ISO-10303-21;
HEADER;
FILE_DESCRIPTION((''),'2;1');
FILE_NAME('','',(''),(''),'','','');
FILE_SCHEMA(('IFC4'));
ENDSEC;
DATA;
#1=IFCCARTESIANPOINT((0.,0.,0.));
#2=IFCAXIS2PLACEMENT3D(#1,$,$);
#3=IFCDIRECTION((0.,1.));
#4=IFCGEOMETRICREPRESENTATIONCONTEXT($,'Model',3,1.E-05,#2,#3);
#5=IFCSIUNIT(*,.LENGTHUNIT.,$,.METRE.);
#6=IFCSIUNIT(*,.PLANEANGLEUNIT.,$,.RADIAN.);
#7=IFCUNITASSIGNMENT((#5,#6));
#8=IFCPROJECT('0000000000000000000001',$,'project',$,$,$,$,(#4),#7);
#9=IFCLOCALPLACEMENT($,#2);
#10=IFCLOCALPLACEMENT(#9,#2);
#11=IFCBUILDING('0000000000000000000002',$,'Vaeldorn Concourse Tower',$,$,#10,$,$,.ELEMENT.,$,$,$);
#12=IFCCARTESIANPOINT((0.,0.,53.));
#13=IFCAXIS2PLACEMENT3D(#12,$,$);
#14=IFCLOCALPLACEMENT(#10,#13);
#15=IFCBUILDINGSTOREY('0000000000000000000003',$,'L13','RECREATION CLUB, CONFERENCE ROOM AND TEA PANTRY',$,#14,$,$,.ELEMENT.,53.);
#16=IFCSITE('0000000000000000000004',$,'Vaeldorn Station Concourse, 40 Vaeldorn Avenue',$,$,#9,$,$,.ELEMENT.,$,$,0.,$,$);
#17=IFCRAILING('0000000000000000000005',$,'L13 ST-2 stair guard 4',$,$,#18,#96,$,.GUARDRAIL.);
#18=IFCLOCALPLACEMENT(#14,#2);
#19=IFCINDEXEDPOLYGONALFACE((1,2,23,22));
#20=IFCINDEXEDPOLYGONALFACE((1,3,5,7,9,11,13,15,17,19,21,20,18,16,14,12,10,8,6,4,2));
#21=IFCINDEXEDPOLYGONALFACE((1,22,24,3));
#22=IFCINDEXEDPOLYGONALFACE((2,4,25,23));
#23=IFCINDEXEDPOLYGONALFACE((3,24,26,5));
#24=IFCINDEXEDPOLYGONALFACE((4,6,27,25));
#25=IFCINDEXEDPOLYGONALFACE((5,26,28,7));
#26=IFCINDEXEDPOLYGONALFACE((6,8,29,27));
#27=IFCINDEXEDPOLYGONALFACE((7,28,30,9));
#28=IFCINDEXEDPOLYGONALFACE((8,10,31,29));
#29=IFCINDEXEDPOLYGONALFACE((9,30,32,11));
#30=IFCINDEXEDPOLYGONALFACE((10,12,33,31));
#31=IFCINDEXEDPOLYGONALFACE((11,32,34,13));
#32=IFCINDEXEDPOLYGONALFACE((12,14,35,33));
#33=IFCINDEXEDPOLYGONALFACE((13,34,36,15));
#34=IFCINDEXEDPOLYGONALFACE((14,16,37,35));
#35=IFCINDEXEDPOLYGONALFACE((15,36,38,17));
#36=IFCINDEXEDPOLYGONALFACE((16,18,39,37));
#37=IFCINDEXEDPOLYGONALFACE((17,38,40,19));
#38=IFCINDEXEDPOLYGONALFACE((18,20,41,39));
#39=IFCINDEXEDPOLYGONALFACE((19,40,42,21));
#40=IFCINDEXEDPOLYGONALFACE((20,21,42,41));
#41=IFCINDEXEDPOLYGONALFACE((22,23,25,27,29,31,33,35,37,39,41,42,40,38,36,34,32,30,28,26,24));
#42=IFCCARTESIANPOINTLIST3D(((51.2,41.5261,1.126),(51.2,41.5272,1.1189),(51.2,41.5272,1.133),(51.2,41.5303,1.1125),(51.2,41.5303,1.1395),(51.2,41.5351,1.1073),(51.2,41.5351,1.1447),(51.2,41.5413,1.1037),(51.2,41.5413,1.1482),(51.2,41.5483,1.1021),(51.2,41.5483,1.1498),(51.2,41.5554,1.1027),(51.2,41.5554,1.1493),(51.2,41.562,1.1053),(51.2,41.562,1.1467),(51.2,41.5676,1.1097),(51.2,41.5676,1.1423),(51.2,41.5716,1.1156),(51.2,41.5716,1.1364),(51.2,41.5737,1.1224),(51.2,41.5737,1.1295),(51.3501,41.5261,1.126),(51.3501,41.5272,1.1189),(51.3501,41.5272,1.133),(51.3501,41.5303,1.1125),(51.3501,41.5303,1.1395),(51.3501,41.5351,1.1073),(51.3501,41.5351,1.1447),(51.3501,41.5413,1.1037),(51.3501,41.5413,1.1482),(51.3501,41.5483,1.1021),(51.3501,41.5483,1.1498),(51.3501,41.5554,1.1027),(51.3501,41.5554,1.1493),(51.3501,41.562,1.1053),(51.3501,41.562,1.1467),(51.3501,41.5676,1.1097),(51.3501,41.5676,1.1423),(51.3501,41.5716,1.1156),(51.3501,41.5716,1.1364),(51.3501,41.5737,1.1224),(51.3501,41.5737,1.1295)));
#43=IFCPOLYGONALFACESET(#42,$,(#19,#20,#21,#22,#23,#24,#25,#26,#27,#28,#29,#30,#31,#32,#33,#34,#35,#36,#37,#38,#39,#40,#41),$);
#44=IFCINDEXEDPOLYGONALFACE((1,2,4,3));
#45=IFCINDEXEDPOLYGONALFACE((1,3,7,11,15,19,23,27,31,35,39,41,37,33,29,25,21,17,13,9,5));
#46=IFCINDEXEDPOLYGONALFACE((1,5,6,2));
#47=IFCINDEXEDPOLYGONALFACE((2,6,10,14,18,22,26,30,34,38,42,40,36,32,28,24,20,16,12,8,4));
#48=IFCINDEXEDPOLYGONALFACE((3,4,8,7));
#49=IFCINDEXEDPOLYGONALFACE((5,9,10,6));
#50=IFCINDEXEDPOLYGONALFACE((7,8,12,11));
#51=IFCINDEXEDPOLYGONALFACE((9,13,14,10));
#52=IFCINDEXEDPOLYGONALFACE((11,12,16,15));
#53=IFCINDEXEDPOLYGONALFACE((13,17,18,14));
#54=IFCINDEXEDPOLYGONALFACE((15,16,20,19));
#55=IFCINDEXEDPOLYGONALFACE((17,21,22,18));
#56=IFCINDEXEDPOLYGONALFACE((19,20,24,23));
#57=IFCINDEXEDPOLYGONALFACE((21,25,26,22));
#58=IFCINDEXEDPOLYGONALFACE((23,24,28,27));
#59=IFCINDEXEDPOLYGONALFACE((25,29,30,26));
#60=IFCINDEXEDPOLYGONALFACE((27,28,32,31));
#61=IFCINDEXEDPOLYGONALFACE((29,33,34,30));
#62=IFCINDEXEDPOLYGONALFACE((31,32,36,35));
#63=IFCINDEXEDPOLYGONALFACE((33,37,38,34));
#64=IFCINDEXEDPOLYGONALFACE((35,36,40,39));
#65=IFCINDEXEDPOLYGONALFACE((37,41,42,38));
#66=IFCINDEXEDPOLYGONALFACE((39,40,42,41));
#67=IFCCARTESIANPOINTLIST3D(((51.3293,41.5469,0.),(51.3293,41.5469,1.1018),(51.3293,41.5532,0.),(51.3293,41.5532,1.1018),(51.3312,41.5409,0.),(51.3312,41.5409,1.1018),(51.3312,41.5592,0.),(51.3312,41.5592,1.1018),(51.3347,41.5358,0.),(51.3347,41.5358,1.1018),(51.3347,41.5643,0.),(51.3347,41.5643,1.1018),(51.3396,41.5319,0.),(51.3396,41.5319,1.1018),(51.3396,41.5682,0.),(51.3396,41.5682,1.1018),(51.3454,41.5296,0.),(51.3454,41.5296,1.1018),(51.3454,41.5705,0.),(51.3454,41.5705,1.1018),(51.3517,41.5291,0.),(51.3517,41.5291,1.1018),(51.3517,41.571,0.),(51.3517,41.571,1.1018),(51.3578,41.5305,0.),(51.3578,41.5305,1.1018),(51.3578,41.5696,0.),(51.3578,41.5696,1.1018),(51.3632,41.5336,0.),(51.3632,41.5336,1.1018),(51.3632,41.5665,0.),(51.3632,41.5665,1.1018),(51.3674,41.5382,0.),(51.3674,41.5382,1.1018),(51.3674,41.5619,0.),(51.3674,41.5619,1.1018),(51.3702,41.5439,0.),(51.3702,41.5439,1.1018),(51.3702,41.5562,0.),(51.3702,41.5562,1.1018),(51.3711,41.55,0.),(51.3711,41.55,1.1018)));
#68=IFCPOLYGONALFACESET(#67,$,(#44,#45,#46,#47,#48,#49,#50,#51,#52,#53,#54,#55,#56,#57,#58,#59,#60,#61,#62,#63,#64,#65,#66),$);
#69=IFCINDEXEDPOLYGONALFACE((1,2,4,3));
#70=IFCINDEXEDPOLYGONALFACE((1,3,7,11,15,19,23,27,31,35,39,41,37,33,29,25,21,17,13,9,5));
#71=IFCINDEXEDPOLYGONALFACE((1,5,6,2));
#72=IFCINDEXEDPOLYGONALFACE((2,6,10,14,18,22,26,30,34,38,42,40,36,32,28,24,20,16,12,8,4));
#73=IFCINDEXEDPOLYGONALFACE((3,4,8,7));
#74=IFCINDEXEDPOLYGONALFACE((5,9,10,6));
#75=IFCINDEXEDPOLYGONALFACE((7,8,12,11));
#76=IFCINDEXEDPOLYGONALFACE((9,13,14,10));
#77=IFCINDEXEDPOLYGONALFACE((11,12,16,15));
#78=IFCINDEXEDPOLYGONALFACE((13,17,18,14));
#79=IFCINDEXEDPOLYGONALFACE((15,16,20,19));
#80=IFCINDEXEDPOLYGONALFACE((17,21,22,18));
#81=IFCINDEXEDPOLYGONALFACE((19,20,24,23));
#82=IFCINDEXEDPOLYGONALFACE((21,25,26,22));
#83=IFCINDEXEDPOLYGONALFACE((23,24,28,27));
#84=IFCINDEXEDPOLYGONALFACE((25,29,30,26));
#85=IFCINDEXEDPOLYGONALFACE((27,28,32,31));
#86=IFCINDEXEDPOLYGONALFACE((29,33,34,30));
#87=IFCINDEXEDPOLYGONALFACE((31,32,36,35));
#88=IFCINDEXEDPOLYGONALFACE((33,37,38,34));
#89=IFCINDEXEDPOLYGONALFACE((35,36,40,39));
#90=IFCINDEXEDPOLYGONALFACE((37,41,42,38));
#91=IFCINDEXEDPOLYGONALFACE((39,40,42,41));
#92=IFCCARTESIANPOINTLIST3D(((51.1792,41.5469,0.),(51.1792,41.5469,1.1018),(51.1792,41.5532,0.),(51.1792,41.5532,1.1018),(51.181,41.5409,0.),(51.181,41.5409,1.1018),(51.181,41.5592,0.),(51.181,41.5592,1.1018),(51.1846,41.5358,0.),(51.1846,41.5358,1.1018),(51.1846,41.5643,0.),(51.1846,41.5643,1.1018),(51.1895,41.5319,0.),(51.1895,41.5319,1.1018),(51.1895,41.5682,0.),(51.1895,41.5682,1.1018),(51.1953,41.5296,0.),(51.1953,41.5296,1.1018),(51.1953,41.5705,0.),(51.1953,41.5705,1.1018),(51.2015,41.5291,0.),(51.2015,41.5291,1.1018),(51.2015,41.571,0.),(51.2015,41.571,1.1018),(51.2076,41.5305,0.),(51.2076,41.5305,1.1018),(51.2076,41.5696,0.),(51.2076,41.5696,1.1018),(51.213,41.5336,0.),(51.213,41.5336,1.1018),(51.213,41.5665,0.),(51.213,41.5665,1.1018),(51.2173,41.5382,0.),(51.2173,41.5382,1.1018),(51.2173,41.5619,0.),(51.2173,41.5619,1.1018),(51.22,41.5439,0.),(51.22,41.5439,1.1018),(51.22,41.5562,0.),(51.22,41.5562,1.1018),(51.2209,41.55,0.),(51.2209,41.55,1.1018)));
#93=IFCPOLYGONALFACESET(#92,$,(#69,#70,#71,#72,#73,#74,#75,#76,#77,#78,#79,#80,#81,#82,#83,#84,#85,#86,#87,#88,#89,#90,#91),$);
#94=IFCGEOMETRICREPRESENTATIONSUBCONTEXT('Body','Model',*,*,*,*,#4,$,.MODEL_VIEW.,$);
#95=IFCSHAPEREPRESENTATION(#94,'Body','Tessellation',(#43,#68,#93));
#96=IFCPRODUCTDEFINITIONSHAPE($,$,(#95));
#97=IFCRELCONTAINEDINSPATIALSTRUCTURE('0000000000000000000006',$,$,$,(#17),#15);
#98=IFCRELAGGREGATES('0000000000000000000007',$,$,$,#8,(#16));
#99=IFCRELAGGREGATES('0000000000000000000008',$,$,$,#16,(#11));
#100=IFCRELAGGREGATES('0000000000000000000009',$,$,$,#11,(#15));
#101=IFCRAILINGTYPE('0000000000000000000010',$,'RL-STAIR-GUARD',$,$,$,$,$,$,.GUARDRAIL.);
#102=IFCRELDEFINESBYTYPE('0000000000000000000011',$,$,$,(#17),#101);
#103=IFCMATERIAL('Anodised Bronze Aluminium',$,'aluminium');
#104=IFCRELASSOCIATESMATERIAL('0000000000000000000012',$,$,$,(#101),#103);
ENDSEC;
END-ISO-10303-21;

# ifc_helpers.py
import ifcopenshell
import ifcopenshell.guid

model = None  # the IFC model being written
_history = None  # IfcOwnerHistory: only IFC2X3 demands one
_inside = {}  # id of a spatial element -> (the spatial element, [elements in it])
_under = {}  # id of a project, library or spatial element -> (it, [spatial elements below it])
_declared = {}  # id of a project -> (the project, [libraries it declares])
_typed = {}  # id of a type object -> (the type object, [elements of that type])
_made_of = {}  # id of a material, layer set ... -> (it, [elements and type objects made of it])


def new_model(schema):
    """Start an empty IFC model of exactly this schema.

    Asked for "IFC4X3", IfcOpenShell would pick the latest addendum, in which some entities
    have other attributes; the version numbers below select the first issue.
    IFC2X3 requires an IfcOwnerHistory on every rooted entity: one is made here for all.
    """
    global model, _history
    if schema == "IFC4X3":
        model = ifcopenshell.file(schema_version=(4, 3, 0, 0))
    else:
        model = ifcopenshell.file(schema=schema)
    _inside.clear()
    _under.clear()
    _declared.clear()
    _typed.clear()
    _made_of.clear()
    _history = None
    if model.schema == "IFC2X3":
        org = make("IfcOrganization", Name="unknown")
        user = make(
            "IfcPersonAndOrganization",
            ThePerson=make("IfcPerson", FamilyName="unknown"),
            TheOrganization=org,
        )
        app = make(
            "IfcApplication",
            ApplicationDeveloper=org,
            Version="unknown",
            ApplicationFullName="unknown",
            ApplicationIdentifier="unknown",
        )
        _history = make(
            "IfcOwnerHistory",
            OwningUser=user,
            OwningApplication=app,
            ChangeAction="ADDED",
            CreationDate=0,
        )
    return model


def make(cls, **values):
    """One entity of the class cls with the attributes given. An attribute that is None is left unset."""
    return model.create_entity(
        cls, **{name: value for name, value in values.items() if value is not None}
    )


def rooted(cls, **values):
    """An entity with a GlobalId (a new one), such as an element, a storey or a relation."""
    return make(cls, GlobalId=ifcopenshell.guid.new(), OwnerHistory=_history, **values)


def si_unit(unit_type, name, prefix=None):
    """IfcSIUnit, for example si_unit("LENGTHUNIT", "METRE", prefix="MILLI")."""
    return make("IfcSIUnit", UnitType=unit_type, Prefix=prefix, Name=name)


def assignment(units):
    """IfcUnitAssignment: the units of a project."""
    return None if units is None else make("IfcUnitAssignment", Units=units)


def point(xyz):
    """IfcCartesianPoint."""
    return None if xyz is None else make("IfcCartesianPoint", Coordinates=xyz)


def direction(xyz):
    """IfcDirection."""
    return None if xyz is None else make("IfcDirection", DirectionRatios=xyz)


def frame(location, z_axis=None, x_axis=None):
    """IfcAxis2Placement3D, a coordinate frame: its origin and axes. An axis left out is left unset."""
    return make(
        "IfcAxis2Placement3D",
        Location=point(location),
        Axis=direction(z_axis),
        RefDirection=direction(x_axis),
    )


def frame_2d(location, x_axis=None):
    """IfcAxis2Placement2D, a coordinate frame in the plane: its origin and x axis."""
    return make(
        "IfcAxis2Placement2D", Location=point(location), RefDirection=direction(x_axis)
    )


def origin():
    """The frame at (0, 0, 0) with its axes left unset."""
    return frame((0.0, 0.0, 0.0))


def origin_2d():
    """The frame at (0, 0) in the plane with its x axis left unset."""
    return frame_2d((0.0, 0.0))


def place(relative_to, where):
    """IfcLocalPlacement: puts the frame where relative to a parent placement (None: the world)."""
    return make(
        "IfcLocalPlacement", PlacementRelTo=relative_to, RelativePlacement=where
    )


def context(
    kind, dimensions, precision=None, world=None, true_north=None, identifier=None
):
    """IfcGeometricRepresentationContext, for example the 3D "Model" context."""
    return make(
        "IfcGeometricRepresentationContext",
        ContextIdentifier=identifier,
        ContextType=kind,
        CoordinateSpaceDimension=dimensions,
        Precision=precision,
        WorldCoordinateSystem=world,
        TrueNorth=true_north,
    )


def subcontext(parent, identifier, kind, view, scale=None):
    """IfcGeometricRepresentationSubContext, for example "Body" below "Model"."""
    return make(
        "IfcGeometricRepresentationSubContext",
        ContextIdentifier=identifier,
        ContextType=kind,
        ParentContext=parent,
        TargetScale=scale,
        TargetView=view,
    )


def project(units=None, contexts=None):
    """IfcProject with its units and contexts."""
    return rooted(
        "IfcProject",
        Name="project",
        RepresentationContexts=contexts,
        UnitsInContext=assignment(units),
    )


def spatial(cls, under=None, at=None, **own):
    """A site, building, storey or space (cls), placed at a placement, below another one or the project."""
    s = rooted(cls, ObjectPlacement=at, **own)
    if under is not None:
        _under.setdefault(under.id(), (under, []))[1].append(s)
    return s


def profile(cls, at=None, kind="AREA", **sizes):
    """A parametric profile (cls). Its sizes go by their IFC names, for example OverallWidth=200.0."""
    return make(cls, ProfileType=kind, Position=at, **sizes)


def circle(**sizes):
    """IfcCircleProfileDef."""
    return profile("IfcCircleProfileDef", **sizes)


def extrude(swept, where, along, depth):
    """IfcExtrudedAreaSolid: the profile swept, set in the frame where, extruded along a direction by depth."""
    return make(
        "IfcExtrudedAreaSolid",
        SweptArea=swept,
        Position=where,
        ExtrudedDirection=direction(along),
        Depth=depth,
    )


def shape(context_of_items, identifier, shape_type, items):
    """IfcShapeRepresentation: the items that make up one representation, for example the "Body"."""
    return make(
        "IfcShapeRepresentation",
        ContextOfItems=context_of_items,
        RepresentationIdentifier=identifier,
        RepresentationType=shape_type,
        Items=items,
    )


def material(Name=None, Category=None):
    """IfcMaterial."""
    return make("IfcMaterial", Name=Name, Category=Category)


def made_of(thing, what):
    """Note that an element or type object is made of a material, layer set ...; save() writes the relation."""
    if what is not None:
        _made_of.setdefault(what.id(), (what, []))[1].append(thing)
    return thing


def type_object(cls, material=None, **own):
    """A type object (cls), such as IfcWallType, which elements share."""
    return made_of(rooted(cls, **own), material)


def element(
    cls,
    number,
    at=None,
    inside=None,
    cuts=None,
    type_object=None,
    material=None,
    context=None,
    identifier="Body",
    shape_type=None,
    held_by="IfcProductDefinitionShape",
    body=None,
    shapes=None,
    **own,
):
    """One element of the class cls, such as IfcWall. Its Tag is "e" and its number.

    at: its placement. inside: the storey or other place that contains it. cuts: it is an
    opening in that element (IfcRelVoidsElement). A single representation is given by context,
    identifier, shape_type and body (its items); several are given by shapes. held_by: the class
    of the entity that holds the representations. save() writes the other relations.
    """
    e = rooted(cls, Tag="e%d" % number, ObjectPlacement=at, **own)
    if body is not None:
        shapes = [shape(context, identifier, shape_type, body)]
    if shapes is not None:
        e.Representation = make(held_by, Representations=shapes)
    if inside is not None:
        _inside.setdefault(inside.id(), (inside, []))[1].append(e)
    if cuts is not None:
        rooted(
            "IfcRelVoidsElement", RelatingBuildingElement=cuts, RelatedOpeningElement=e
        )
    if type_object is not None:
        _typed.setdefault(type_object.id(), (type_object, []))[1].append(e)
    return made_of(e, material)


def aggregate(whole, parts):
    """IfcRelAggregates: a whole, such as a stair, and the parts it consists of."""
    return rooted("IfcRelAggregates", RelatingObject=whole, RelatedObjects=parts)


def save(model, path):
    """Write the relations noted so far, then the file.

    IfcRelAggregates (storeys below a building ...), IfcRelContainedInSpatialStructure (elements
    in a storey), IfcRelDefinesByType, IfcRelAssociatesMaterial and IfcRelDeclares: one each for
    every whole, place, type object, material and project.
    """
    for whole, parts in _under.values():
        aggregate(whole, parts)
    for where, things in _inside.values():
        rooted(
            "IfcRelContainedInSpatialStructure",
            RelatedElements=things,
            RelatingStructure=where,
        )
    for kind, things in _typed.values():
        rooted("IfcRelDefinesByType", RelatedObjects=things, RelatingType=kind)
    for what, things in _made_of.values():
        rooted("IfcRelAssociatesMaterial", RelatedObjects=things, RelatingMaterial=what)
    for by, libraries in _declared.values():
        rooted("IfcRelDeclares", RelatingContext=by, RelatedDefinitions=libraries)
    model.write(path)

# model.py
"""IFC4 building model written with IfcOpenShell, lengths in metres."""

from ifc_helpers import new_model, si_unit, direction, frame, origin, origin_2d, place, context, subcontext, project, spatial, circle, extrude, material, type_object, element, save


model = new_model("IFC4")

# Units and contexts
model_context = context("Model", 3, precision=1e-05, world=origin(), true_north=direction((0.0, 1.0)))
body_context = subcontext(model_context, "Body", "Model", "MODEL_VIEW")
ifc_project = project(units=[si_unit("LENGTHUNIT", "METRE"), si_unit("PLANEANGLEUNIT", "RADIAN")], contexts=[model_context])

# Site, building, storey
site_placement = place(None, origin())
site = spatial("IfcSite", under=ifc_project, at=site_placement, Name="Vaeldorn Station Concourse, 40 Vaeldorn Avenue", CompositionType="ELEMENT", RefElevation=0.0)
building_placement = place(site_placement, origin())
building = spatial("IfcBuilding", under=site, at=building_placement, Name="Vaeldorn Concourse Tower", CompositionType="ELEMENT")
storey_placement = place(building_placement, frame((0.0, 0.0, 53.0)))
storey = spatial("IfcBuildingStorey", under=building, at=storey_placement, Name="L13", Description="RECREATION CLUB, CONFERENCE ROOM AND TEA PANTRY", CompositionType="ELEMENT", Elevation=53.0)

# Shared definitions
ifc_material_1 = material(Name="Anodised Bronze Aluminium", Category="aluminium")

# Railing
railing_type_1 = type_object("IfcRailingType", Name="RL-STAIR-GUARD", PredefinedType="GUARDRAIL", material=ifc_material_1)
railing_1_placement = place(storey_placement, frame((51.3501, 41.55, 0.0)))
element("IfcRailing", 1, at=railing_1_placement, inside=storey, type_object=railing_type_1, Name="L13 ST-2 stair guard 4", PredefinedType="GUARDRAIL", context=body_context, shape_type="SweptSolid", body=[
    extrude(circle(Radius=0.0239, at=origin_2d()), frame((0.0, 0.0, 1.126), z_axis=(-1.0, 0.0, 0.0), x_axis=(0.0, -1.0, 0.0)), (0.0, 0.0, 1.0), 0.1501),
    extrude(circle(Radius=0.021, at=origin_2d()), origin(), (0.0, 0.0, 1.0), 1.1018),
    extrude(circle(Radius=0.021, at=origin_2d()), frame((-0.1501, 0.0, 0.0)), (0.0, 0.0, 1.0), 1.1018),
])

save(model, "model.ifc")
